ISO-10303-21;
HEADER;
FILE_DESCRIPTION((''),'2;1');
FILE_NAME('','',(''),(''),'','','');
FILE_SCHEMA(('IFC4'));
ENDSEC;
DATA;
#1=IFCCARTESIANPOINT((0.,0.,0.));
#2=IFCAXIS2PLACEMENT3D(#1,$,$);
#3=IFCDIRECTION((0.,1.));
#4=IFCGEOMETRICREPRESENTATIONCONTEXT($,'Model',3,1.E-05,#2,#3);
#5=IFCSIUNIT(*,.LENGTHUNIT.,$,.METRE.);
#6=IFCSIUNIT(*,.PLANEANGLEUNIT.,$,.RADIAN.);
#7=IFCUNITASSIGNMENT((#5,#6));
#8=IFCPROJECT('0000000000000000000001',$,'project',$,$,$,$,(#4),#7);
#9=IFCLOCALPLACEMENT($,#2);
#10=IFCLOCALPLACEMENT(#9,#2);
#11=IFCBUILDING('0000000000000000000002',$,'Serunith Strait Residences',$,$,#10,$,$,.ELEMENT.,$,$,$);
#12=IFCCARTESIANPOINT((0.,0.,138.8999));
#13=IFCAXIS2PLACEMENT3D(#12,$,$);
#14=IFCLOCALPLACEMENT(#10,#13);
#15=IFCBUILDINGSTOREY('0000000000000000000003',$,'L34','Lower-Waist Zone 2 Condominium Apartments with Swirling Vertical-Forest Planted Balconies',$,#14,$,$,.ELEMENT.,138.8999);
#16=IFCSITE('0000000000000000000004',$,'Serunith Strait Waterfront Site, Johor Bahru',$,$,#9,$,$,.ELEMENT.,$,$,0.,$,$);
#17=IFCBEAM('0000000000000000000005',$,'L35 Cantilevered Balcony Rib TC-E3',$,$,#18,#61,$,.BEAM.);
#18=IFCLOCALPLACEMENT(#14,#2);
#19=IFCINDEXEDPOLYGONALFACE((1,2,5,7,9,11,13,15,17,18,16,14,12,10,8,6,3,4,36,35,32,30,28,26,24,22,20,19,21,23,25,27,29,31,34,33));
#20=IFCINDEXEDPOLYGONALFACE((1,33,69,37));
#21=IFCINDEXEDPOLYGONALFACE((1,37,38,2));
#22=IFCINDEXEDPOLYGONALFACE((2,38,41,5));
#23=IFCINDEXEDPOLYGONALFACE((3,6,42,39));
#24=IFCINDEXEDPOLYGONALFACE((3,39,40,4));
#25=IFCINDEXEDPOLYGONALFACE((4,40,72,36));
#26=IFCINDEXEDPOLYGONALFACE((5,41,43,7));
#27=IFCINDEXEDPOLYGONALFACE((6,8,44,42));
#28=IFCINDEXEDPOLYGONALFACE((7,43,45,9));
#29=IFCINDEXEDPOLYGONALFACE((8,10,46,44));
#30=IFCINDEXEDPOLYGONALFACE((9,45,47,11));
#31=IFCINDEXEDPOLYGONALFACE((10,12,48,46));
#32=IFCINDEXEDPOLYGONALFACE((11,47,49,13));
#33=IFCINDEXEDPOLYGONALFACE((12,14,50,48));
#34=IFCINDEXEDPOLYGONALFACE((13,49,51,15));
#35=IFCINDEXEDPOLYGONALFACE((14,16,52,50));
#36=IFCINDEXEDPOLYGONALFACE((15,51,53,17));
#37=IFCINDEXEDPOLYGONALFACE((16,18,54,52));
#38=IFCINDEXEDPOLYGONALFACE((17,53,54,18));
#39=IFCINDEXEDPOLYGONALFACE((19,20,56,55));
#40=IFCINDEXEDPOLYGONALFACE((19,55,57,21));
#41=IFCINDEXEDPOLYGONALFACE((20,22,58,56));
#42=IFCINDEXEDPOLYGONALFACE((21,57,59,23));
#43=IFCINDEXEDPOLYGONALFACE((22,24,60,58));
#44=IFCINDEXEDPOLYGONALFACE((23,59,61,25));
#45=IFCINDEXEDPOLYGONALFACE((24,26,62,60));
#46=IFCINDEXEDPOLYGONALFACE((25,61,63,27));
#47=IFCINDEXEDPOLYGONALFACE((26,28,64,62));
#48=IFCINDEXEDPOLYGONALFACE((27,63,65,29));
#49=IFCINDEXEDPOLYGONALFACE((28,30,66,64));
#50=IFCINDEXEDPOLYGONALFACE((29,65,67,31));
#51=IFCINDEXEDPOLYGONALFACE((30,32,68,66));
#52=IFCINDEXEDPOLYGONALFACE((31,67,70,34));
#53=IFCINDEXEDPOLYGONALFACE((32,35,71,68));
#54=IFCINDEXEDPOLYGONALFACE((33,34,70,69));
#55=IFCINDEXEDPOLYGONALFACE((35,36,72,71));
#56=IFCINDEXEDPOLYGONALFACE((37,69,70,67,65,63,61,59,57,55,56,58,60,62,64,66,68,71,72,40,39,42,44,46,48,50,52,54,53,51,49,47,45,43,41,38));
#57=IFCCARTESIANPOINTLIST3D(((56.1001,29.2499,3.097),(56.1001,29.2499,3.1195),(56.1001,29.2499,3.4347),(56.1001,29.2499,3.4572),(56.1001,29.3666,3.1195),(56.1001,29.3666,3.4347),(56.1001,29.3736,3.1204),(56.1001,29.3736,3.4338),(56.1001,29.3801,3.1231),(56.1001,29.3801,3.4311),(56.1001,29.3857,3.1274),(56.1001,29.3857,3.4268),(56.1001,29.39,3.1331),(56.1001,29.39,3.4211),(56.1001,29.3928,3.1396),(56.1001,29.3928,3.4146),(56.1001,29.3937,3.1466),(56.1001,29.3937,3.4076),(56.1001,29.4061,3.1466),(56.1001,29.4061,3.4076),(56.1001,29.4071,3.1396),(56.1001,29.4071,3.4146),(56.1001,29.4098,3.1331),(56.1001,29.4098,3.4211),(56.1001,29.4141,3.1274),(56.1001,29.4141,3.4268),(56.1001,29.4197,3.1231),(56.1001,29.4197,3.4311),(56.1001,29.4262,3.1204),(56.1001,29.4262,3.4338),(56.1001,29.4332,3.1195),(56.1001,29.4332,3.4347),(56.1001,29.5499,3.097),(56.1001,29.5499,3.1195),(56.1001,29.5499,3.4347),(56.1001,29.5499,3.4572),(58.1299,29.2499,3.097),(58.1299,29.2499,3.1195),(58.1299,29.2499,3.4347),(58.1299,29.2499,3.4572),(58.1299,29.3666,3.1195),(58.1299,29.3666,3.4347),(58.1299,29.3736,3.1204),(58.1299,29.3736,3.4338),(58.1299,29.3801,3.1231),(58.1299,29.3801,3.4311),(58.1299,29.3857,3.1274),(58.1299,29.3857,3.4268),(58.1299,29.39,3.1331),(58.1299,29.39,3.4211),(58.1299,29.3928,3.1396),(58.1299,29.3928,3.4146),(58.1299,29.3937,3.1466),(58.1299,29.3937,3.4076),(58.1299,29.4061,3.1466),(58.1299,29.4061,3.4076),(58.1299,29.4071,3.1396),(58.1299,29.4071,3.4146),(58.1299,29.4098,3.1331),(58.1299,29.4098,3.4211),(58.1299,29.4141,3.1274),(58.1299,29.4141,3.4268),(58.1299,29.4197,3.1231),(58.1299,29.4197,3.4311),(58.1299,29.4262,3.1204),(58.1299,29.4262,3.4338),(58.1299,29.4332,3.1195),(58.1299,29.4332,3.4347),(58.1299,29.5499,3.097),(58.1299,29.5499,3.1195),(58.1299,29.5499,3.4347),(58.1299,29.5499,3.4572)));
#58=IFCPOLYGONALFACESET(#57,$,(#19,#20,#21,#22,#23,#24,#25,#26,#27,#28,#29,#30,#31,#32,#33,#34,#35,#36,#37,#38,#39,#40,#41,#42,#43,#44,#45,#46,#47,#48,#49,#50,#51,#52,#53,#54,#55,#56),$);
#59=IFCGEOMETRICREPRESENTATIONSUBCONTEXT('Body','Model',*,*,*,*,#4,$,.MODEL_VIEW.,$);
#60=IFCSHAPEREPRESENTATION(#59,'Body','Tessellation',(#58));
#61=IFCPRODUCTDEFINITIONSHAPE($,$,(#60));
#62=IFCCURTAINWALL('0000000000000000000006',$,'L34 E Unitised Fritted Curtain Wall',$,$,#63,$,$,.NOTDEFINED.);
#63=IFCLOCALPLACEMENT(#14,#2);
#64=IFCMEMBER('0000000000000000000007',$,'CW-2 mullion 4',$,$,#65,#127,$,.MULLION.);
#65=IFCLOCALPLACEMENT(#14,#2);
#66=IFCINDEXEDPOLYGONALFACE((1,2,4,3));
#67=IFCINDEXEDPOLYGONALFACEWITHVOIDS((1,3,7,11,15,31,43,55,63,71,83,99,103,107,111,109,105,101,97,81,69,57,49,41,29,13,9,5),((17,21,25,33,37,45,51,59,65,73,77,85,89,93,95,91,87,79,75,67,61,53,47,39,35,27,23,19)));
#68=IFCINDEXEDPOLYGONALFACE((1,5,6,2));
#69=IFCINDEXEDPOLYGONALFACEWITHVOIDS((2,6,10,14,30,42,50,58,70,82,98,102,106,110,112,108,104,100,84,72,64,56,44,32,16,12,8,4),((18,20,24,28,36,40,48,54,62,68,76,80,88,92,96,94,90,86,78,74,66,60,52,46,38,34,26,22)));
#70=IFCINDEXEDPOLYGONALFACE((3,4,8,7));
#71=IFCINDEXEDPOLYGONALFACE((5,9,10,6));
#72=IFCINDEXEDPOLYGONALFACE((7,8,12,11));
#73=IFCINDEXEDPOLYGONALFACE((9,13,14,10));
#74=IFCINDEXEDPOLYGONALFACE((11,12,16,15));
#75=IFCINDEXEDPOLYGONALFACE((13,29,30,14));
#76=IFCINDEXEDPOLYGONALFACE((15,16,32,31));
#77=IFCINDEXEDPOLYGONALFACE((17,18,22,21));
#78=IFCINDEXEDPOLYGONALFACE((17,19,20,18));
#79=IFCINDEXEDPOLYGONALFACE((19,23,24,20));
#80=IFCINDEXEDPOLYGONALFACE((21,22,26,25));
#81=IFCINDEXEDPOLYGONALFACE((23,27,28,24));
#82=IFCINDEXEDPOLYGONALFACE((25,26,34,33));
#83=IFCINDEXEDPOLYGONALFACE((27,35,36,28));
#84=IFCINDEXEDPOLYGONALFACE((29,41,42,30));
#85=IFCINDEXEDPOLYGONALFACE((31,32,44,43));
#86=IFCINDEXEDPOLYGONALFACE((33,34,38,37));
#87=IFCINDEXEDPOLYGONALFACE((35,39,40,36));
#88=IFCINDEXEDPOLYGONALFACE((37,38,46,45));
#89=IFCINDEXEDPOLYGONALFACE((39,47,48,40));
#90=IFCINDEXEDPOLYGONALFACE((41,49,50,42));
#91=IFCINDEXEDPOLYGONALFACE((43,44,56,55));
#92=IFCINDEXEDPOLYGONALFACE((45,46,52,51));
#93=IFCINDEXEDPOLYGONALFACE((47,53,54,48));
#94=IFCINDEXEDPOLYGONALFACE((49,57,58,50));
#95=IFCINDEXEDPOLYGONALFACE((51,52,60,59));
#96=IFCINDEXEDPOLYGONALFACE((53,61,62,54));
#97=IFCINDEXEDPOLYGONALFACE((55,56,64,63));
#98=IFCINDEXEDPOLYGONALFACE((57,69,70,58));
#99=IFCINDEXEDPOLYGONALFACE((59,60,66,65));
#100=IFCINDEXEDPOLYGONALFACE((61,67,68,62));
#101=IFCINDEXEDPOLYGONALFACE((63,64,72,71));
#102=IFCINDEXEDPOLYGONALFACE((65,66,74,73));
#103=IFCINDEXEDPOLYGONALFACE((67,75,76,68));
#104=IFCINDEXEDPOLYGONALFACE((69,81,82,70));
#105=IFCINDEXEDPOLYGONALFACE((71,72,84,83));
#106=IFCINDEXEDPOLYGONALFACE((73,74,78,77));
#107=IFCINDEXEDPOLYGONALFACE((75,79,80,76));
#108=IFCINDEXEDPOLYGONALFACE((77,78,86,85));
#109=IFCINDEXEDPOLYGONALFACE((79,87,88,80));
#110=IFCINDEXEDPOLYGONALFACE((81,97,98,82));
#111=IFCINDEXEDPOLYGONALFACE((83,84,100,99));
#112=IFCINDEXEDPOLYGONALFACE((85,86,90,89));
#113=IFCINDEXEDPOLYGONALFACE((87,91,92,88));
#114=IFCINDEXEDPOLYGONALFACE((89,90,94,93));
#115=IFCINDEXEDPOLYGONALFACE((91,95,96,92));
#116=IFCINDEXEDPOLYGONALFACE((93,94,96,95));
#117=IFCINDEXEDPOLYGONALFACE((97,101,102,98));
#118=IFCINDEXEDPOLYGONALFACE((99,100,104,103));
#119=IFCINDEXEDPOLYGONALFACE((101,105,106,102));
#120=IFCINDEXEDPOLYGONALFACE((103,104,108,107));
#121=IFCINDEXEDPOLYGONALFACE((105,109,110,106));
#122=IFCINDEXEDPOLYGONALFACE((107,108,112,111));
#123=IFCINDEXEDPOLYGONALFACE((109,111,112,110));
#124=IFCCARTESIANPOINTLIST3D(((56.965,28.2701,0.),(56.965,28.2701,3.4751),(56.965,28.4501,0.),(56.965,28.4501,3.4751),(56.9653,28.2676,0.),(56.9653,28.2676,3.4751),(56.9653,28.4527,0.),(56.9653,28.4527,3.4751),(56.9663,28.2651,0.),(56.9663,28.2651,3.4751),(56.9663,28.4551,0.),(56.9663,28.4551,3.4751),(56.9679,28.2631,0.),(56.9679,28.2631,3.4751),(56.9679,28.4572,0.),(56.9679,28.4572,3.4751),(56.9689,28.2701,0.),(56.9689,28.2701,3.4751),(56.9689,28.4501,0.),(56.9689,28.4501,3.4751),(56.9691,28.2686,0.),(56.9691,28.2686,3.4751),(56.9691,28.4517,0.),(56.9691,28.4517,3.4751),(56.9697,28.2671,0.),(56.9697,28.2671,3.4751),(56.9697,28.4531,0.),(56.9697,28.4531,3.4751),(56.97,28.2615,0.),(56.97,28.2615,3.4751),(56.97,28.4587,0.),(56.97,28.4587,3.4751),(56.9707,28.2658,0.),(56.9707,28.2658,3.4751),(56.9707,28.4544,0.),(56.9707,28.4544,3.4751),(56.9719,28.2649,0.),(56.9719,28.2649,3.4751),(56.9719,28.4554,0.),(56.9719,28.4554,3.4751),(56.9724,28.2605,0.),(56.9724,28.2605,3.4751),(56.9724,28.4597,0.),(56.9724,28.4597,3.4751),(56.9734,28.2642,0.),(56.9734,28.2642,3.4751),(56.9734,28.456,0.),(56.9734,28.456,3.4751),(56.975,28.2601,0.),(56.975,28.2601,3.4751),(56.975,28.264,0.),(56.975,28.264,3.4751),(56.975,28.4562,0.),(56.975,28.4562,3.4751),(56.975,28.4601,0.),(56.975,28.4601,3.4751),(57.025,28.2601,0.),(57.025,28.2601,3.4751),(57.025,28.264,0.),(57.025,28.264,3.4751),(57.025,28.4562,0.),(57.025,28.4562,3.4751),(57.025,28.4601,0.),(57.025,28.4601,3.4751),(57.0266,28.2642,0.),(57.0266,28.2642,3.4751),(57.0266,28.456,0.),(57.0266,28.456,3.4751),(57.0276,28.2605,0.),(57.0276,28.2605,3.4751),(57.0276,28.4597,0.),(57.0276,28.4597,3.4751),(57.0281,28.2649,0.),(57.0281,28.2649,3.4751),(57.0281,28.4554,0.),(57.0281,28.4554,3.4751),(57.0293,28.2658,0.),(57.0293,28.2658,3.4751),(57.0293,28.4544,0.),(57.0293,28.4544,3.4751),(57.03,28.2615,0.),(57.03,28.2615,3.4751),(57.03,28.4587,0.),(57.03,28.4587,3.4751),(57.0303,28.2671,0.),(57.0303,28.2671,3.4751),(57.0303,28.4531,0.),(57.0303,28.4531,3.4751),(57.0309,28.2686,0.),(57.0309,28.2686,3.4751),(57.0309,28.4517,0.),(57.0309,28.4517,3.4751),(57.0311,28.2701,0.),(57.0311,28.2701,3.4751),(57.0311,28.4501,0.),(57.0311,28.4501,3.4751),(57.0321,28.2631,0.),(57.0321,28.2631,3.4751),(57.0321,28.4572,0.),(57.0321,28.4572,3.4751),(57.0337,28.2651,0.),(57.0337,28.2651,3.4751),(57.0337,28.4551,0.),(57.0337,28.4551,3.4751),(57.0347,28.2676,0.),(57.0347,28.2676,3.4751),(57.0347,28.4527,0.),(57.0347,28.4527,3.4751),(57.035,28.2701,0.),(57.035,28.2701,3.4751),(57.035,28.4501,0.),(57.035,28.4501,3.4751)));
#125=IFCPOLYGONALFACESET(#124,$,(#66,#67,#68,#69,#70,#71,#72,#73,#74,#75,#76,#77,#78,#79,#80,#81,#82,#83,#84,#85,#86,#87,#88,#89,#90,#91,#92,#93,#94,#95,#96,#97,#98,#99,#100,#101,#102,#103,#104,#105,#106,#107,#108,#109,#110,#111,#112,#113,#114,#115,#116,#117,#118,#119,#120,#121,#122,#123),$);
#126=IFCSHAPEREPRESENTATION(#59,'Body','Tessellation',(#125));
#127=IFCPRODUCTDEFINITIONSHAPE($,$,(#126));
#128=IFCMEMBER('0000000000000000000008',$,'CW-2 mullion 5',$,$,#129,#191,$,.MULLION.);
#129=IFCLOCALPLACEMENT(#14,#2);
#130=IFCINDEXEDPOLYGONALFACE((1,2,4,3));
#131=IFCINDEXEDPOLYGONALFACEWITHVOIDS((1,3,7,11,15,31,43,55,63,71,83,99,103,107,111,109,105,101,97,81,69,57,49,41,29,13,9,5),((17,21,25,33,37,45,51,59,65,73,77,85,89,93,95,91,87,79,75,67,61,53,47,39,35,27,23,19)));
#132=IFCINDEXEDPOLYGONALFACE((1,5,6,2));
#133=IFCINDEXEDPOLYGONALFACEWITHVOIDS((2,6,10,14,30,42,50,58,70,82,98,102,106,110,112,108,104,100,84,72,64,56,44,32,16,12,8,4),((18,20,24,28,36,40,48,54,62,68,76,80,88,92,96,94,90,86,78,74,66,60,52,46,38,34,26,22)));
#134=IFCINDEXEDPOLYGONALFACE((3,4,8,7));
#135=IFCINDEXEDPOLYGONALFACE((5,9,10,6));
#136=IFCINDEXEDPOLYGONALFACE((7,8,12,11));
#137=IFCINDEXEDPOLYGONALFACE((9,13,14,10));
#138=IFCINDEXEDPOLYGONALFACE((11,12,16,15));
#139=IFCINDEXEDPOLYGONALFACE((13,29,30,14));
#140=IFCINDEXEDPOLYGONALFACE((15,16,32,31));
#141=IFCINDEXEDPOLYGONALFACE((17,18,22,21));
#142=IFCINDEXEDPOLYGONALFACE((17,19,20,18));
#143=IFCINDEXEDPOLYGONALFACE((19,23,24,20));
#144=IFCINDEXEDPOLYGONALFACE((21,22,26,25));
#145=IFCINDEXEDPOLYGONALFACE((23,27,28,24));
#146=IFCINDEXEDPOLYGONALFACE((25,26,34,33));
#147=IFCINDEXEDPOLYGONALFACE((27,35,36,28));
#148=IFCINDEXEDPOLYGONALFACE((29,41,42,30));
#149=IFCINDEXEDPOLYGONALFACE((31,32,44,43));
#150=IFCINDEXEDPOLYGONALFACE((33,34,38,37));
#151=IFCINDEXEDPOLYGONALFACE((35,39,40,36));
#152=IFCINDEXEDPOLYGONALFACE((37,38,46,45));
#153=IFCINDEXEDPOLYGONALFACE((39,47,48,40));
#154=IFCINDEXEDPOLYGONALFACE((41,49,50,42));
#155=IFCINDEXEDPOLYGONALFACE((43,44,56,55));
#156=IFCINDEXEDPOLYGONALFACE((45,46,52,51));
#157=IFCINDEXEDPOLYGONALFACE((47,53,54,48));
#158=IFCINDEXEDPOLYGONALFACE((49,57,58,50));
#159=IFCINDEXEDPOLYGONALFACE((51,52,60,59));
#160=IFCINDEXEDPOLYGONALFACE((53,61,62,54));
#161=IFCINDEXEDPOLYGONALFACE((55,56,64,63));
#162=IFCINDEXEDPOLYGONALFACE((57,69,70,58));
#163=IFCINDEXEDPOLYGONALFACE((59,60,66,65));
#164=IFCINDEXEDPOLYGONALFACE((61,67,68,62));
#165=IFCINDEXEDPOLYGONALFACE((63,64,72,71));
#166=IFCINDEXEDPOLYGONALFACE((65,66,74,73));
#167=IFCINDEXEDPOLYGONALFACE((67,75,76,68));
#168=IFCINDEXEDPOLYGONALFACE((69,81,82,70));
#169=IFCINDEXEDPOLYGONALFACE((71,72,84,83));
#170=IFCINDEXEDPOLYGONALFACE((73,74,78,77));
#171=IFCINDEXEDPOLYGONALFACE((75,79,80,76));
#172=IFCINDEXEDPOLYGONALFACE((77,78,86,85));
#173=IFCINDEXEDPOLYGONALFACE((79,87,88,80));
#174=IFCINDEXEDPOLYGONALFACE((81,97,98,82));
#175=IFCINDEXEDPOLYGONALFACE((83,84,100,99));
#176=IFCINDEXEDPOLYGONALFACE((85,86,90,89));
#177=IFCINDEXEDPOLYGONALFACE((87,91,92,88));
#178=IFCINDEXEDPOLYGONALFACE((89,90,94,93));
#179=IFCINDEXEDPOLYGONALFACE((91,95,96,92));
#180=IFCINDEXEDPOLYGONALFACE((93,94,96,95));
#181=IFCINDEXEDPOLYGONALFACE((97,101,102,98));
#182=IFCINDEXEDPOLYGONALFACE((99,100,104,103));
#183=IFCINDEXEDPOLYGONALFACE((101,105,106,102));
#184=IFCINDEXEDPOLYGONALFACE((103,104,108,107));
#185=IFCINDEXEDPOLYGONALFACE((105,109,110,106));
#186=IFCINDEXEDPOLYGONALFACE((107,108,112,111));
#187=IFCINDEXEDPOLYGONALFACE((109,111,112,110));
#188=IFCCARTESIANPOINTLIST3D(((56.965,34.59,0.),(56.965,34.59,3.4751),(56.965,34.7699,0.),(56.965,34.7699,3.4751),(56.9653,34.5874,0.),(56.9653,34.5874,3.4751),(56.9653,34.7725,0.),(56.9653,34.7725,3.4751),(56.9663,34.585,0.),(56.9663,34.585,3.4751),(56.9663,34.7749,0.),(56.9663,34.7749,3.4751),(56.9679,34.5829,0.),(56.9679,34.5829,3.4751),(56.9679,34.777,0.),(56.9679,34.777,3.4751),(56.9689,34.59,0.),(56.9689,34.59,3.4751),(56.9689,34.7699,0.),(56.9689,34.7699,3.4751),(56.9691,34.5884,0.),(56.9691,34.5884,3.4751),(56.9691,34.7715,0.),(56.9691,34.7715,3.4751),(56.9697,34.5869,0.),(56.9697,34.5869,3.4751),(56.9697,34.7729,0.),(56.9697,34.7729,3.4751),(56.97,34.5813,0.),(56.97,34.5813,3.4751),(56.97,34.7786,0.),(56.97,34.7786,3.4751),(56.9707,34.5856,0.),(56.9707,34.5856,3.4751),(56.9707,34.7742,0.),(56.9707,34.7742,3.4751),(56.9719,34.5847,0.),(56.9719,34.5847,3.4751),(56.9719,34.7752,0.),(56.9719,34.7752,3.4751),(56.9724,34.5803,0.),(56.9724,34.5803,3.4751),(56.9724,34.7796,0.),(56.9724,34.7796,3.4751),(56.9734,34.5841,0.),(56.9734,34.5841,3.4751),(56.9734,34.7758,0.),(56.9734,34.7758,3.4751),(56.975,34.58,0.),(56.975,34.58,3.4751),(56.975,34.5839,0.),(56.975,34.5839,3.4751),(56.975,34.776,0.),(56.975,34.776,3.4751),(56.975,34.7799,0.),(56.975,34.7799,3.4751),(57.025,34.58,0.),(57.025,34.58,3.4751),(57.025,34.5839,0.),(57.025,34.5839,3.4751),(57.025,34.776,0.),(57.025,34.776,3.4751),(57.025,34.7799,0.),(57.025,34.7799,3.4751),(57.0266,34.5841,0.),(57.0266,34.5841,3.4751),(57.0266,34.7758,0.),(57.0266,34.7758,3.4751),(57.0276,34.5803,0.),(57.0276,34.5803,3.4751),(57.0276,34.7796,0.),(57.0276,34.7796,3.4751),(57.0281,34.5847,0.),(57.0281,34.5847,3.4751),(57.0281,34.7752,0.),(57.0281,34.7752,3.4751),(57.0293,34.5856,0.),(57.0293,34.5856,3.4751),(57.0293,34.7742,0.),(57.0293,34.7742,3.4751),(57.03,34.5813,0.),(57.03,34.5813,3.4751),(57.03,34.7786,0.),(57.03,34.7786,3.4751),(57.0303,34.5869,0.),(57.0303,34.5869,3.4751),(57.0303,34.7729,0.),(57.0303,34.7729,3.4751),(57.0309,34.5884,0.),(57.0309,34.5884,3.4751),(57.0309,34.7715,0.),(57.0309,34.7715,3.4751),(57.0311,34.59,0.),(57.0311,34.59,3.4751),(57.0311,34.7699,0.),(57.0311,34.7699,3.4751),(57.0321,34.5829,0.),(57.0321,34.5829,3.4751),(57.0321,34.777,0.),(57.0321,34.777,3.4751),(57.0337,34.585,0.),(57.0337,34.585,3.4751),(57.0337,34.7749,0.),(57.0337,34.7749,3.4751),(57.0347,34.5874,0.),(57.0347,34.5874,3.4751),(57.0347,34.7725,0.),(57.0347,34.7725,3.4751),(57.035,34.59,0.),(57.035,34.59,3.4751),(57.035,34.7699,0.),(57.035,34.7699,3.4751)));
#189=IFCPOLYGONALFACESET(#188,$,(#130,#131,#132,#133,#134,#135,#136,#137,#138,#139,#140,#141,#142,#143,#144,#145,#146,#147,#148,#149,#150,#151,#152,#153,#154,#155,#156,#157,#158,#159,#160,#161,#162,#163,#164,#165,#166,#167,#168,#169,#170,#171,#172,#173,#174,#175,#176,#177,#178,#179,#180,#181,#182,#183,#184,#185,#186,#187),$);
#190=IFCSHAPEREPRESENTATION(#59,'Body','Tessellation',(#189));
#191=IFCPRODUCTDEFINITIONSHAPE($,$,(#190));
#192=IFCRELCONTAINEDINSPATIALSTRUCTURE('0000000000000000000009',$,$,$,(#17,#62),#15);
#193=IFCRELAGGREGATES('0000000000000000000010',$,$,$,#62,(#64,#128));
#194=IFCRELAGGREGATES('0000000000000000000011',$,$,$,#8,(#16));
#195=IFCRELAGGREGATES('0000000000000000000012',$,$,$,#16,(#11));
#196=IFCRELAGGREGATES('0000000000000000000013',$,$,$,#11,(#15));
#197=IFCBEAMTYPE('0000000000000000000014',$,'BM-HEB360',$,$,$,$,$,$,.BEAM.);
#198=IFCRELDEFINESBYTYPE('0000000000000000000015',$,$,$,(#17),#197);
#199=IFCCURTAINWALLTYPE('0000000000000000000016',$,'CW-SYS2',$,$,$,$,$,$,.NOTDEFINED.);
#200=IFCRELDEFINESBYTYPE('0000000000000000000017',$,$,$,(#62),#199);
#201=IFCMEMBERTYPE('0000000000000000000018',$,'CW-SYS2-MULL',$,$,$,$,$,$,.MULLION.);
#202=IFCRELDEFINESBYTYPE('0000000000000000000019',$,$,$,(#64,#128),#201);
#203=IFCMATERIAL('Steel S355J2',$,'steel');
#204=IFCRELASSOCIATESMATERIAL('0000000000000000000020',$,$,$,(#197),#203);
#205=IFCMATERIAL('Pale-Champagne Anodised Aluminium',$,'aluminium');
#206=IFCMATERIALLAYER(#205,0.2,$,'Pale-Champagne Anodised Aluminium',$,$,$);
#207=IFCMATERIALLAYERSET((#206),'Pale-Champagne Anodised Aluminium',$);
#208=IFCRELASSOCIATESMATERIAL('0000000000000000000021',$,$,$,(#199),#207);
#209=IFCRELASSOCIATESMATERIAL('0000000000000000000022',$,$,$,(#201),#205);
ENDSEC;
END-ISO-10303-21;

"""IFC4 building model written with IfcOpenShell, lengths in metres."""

from ifc_helpers import new_model, si_unit, direction, frame, origin, origin_2d, place, context, subcontext, project, spatial, hollow_rectangle, i_section, extrude, source, transform, mapped, material, layer, layer_set, material_profile, profile_set, type_object, element, aggregate, save


model = new_model("IFC4")

# Units and contexts
model_context = context("Model", 3, precision=1e-05, world=origin(), true_north=direction((0.0, 1.0)))
body_context = subcontext(model_context, "Body", "Model", "MODEL_VIEW")
ifc_project = project(units=[si_unit("LENGTHUNIT", "METRE"), si_unit("PLANEANGLEUNIT", "RADIAN")], contexts=[model_context])

# Site, building, storey
site_placement = place(None, origin())
site = spatial("IfcSite", under=ifc_project, at=site_placement, Name="Serunith Strait Waterfront Site, Johor Bahru", CompositionType="ELEMENT", RefElevation=0.0)
building_placement = place(site_placement, origin())
building = spatial("IfcBuilding", under=site, at=building_placement, Name="Serunith Strait Residences", CompositionType="ELEMENT")
storey_placement = place(building_placement, frame((0.0, 0.0, 138.8999)))
storey = spatial("IfcBuildingStorey", under=building, at=storey_placement, Name="L34", Description="Lower-Waist Zone 2 Condominium Apartments with Swirling Vertical-Forest Planted Balconies", CompositionType="ELEMENT", Elevation=138.8999)

# Beam
ifc_material_1 = material(Name="Steel S355J2", Category="steel")
ifc_material_profile_1 = material_profile(ifc_material_1, i_section(OverallWidth=0.3, OverallDepth=0.3601, WebThickness=0.0125, FlangeThickness=0.0225, FilletRadius=0.0271, at=origin_2d()), Name="HEB 360")
ifc_profile_set_1 = profile_set([ifc_material_profile_1], Name="Steel S355J2")
beam_type_1 = type_object("IfcBeamType", Name="BM-HEB360", PredefinedType="BEAM", material=ifc_profile_set_1)
shared_shape_1 = source(origin(), body_context, "Body", "SweptSolid", [
    extrude(i_section(OverallWidth=0.3, OverallDepth=0.3601, WebThickness=0.0125, FlangeThickness=0.0225, FilletRadius=0.0271, at=origin_2d()), origin(), (0.0, 0.0, 1.0), 2.0298),
])
beam_1_placement = place(storey_placement, frame((56.1001, 29.3999, 3.2771), z_axis=(1.0, 0.0, 0.0), x_axis=(0.0, 1.0, 0.0)))
element("IfcBeam", 1, at=beam_1_placement, inside=storey, type_object=beam_type_1, Name="L35 Cantilevered Balcony Rib TC-E3", PredefinedType="BEAM", context=body_context, shape_type="MappedRepresentation", body=[
    mapped(shared_shape_1, transform((0.0, 0.0, 0.0), scale=1.0)),
])

# Curtain wall, members
ifc_material_2 = material(Name="Pale-Champagne Anodised Aluminium", Category="aluminium")
ifc_layer_1 = layer(ifc_material_2, 0.2, Name="Pale-Champagne Anodised Aluminium")
ifc_layer_set_1 = layer_set([ifc_layer_1], Name="Pale-Champagne Anodised Aluminium")
curtain_wall_type = type_object("IfcCurtainWallType", Name="CW-SYS2", PredefinedType="NOTDEFINED", material=ifc_layer_set_1)
curtain_wall_placement = place(storey_placement, origin())
curtain_wall = element("IfcCurtainWall", 2, at=curtain_wall_placement, inside=storey, type_object=curtain_wall_type, Name="L34 E Unitised Fritted Curtain Wall", PredefinedType="NOTDEFINED")
ifc_material_profile_2 = material_profile(ifc_material_2, hollow_rectangle(XDim=0.0701, YDim=0.2, WallThickness=0.0039, InnerFilletRadius=0.0061, OuterFilletRadius=0.01, at=origin_2d()), Name="ALU 200x70x4")
ifc_profile_set_2 = profile_set([ifc_material_profile_2], Name="Pale-Champagne Anodised Aluminium")
member_type_1 = type_object("IfcMemberType", Name="CW-SYS2-MULL", PredefinedType="MULLION", material=ifc_profile_set_2)
shared_shape_2 = source(origin(), body_context, "Body", "SweptSolid", [
    extrude(hollow_rectangle(XDim=0.0701, YDim=0.2, WallThickness=0.0039, InnerFilletRadius=0.0061, OuterFilletRadius=0.01, at=origin_2d()), origin(), (0.0, 0.0, 1.0), 3.4751),
])
member_1_placement = place(storey_placement, frame((57.0, 28.3601, 0.0), z_axis=(0.0, 0.0, 1.0), x_axis=(-1.0, 0.0, 0.0)))
member_1 = element("IfcMember", 3, at=member_1_placement, type_object=member_type_1, Name="CW-2 mullion 4", PredefinedType="MULLION", context=body_context, shape_type="MappedRepresentation", body=[
    mapped(shared_shape_2, transform((0.0, 0.0, 0.0), scale=1.0)),
])
member_2_placement = place(storey_placement, frame((57.0, 34.6799, 0.0), z_axis=(0.0, 0.0, 1.0), x_axis=(-1.0, 0.0, 0.0)))
member_2 = element("IfcMember", 4, at=member_2_placement, type_object=member_type_1, Name="CW-2 mullion 5", PredefinedType="MULLION", context=body_context, shape_type="MappedRepresentation", body=[
    mapped(shared_shape_2, transform((0.0, 0.0, 0.0), scale=1.0)),
])
aggregate(curtain_wall, [member_1, member_2])

save(model, "model.ifc")
